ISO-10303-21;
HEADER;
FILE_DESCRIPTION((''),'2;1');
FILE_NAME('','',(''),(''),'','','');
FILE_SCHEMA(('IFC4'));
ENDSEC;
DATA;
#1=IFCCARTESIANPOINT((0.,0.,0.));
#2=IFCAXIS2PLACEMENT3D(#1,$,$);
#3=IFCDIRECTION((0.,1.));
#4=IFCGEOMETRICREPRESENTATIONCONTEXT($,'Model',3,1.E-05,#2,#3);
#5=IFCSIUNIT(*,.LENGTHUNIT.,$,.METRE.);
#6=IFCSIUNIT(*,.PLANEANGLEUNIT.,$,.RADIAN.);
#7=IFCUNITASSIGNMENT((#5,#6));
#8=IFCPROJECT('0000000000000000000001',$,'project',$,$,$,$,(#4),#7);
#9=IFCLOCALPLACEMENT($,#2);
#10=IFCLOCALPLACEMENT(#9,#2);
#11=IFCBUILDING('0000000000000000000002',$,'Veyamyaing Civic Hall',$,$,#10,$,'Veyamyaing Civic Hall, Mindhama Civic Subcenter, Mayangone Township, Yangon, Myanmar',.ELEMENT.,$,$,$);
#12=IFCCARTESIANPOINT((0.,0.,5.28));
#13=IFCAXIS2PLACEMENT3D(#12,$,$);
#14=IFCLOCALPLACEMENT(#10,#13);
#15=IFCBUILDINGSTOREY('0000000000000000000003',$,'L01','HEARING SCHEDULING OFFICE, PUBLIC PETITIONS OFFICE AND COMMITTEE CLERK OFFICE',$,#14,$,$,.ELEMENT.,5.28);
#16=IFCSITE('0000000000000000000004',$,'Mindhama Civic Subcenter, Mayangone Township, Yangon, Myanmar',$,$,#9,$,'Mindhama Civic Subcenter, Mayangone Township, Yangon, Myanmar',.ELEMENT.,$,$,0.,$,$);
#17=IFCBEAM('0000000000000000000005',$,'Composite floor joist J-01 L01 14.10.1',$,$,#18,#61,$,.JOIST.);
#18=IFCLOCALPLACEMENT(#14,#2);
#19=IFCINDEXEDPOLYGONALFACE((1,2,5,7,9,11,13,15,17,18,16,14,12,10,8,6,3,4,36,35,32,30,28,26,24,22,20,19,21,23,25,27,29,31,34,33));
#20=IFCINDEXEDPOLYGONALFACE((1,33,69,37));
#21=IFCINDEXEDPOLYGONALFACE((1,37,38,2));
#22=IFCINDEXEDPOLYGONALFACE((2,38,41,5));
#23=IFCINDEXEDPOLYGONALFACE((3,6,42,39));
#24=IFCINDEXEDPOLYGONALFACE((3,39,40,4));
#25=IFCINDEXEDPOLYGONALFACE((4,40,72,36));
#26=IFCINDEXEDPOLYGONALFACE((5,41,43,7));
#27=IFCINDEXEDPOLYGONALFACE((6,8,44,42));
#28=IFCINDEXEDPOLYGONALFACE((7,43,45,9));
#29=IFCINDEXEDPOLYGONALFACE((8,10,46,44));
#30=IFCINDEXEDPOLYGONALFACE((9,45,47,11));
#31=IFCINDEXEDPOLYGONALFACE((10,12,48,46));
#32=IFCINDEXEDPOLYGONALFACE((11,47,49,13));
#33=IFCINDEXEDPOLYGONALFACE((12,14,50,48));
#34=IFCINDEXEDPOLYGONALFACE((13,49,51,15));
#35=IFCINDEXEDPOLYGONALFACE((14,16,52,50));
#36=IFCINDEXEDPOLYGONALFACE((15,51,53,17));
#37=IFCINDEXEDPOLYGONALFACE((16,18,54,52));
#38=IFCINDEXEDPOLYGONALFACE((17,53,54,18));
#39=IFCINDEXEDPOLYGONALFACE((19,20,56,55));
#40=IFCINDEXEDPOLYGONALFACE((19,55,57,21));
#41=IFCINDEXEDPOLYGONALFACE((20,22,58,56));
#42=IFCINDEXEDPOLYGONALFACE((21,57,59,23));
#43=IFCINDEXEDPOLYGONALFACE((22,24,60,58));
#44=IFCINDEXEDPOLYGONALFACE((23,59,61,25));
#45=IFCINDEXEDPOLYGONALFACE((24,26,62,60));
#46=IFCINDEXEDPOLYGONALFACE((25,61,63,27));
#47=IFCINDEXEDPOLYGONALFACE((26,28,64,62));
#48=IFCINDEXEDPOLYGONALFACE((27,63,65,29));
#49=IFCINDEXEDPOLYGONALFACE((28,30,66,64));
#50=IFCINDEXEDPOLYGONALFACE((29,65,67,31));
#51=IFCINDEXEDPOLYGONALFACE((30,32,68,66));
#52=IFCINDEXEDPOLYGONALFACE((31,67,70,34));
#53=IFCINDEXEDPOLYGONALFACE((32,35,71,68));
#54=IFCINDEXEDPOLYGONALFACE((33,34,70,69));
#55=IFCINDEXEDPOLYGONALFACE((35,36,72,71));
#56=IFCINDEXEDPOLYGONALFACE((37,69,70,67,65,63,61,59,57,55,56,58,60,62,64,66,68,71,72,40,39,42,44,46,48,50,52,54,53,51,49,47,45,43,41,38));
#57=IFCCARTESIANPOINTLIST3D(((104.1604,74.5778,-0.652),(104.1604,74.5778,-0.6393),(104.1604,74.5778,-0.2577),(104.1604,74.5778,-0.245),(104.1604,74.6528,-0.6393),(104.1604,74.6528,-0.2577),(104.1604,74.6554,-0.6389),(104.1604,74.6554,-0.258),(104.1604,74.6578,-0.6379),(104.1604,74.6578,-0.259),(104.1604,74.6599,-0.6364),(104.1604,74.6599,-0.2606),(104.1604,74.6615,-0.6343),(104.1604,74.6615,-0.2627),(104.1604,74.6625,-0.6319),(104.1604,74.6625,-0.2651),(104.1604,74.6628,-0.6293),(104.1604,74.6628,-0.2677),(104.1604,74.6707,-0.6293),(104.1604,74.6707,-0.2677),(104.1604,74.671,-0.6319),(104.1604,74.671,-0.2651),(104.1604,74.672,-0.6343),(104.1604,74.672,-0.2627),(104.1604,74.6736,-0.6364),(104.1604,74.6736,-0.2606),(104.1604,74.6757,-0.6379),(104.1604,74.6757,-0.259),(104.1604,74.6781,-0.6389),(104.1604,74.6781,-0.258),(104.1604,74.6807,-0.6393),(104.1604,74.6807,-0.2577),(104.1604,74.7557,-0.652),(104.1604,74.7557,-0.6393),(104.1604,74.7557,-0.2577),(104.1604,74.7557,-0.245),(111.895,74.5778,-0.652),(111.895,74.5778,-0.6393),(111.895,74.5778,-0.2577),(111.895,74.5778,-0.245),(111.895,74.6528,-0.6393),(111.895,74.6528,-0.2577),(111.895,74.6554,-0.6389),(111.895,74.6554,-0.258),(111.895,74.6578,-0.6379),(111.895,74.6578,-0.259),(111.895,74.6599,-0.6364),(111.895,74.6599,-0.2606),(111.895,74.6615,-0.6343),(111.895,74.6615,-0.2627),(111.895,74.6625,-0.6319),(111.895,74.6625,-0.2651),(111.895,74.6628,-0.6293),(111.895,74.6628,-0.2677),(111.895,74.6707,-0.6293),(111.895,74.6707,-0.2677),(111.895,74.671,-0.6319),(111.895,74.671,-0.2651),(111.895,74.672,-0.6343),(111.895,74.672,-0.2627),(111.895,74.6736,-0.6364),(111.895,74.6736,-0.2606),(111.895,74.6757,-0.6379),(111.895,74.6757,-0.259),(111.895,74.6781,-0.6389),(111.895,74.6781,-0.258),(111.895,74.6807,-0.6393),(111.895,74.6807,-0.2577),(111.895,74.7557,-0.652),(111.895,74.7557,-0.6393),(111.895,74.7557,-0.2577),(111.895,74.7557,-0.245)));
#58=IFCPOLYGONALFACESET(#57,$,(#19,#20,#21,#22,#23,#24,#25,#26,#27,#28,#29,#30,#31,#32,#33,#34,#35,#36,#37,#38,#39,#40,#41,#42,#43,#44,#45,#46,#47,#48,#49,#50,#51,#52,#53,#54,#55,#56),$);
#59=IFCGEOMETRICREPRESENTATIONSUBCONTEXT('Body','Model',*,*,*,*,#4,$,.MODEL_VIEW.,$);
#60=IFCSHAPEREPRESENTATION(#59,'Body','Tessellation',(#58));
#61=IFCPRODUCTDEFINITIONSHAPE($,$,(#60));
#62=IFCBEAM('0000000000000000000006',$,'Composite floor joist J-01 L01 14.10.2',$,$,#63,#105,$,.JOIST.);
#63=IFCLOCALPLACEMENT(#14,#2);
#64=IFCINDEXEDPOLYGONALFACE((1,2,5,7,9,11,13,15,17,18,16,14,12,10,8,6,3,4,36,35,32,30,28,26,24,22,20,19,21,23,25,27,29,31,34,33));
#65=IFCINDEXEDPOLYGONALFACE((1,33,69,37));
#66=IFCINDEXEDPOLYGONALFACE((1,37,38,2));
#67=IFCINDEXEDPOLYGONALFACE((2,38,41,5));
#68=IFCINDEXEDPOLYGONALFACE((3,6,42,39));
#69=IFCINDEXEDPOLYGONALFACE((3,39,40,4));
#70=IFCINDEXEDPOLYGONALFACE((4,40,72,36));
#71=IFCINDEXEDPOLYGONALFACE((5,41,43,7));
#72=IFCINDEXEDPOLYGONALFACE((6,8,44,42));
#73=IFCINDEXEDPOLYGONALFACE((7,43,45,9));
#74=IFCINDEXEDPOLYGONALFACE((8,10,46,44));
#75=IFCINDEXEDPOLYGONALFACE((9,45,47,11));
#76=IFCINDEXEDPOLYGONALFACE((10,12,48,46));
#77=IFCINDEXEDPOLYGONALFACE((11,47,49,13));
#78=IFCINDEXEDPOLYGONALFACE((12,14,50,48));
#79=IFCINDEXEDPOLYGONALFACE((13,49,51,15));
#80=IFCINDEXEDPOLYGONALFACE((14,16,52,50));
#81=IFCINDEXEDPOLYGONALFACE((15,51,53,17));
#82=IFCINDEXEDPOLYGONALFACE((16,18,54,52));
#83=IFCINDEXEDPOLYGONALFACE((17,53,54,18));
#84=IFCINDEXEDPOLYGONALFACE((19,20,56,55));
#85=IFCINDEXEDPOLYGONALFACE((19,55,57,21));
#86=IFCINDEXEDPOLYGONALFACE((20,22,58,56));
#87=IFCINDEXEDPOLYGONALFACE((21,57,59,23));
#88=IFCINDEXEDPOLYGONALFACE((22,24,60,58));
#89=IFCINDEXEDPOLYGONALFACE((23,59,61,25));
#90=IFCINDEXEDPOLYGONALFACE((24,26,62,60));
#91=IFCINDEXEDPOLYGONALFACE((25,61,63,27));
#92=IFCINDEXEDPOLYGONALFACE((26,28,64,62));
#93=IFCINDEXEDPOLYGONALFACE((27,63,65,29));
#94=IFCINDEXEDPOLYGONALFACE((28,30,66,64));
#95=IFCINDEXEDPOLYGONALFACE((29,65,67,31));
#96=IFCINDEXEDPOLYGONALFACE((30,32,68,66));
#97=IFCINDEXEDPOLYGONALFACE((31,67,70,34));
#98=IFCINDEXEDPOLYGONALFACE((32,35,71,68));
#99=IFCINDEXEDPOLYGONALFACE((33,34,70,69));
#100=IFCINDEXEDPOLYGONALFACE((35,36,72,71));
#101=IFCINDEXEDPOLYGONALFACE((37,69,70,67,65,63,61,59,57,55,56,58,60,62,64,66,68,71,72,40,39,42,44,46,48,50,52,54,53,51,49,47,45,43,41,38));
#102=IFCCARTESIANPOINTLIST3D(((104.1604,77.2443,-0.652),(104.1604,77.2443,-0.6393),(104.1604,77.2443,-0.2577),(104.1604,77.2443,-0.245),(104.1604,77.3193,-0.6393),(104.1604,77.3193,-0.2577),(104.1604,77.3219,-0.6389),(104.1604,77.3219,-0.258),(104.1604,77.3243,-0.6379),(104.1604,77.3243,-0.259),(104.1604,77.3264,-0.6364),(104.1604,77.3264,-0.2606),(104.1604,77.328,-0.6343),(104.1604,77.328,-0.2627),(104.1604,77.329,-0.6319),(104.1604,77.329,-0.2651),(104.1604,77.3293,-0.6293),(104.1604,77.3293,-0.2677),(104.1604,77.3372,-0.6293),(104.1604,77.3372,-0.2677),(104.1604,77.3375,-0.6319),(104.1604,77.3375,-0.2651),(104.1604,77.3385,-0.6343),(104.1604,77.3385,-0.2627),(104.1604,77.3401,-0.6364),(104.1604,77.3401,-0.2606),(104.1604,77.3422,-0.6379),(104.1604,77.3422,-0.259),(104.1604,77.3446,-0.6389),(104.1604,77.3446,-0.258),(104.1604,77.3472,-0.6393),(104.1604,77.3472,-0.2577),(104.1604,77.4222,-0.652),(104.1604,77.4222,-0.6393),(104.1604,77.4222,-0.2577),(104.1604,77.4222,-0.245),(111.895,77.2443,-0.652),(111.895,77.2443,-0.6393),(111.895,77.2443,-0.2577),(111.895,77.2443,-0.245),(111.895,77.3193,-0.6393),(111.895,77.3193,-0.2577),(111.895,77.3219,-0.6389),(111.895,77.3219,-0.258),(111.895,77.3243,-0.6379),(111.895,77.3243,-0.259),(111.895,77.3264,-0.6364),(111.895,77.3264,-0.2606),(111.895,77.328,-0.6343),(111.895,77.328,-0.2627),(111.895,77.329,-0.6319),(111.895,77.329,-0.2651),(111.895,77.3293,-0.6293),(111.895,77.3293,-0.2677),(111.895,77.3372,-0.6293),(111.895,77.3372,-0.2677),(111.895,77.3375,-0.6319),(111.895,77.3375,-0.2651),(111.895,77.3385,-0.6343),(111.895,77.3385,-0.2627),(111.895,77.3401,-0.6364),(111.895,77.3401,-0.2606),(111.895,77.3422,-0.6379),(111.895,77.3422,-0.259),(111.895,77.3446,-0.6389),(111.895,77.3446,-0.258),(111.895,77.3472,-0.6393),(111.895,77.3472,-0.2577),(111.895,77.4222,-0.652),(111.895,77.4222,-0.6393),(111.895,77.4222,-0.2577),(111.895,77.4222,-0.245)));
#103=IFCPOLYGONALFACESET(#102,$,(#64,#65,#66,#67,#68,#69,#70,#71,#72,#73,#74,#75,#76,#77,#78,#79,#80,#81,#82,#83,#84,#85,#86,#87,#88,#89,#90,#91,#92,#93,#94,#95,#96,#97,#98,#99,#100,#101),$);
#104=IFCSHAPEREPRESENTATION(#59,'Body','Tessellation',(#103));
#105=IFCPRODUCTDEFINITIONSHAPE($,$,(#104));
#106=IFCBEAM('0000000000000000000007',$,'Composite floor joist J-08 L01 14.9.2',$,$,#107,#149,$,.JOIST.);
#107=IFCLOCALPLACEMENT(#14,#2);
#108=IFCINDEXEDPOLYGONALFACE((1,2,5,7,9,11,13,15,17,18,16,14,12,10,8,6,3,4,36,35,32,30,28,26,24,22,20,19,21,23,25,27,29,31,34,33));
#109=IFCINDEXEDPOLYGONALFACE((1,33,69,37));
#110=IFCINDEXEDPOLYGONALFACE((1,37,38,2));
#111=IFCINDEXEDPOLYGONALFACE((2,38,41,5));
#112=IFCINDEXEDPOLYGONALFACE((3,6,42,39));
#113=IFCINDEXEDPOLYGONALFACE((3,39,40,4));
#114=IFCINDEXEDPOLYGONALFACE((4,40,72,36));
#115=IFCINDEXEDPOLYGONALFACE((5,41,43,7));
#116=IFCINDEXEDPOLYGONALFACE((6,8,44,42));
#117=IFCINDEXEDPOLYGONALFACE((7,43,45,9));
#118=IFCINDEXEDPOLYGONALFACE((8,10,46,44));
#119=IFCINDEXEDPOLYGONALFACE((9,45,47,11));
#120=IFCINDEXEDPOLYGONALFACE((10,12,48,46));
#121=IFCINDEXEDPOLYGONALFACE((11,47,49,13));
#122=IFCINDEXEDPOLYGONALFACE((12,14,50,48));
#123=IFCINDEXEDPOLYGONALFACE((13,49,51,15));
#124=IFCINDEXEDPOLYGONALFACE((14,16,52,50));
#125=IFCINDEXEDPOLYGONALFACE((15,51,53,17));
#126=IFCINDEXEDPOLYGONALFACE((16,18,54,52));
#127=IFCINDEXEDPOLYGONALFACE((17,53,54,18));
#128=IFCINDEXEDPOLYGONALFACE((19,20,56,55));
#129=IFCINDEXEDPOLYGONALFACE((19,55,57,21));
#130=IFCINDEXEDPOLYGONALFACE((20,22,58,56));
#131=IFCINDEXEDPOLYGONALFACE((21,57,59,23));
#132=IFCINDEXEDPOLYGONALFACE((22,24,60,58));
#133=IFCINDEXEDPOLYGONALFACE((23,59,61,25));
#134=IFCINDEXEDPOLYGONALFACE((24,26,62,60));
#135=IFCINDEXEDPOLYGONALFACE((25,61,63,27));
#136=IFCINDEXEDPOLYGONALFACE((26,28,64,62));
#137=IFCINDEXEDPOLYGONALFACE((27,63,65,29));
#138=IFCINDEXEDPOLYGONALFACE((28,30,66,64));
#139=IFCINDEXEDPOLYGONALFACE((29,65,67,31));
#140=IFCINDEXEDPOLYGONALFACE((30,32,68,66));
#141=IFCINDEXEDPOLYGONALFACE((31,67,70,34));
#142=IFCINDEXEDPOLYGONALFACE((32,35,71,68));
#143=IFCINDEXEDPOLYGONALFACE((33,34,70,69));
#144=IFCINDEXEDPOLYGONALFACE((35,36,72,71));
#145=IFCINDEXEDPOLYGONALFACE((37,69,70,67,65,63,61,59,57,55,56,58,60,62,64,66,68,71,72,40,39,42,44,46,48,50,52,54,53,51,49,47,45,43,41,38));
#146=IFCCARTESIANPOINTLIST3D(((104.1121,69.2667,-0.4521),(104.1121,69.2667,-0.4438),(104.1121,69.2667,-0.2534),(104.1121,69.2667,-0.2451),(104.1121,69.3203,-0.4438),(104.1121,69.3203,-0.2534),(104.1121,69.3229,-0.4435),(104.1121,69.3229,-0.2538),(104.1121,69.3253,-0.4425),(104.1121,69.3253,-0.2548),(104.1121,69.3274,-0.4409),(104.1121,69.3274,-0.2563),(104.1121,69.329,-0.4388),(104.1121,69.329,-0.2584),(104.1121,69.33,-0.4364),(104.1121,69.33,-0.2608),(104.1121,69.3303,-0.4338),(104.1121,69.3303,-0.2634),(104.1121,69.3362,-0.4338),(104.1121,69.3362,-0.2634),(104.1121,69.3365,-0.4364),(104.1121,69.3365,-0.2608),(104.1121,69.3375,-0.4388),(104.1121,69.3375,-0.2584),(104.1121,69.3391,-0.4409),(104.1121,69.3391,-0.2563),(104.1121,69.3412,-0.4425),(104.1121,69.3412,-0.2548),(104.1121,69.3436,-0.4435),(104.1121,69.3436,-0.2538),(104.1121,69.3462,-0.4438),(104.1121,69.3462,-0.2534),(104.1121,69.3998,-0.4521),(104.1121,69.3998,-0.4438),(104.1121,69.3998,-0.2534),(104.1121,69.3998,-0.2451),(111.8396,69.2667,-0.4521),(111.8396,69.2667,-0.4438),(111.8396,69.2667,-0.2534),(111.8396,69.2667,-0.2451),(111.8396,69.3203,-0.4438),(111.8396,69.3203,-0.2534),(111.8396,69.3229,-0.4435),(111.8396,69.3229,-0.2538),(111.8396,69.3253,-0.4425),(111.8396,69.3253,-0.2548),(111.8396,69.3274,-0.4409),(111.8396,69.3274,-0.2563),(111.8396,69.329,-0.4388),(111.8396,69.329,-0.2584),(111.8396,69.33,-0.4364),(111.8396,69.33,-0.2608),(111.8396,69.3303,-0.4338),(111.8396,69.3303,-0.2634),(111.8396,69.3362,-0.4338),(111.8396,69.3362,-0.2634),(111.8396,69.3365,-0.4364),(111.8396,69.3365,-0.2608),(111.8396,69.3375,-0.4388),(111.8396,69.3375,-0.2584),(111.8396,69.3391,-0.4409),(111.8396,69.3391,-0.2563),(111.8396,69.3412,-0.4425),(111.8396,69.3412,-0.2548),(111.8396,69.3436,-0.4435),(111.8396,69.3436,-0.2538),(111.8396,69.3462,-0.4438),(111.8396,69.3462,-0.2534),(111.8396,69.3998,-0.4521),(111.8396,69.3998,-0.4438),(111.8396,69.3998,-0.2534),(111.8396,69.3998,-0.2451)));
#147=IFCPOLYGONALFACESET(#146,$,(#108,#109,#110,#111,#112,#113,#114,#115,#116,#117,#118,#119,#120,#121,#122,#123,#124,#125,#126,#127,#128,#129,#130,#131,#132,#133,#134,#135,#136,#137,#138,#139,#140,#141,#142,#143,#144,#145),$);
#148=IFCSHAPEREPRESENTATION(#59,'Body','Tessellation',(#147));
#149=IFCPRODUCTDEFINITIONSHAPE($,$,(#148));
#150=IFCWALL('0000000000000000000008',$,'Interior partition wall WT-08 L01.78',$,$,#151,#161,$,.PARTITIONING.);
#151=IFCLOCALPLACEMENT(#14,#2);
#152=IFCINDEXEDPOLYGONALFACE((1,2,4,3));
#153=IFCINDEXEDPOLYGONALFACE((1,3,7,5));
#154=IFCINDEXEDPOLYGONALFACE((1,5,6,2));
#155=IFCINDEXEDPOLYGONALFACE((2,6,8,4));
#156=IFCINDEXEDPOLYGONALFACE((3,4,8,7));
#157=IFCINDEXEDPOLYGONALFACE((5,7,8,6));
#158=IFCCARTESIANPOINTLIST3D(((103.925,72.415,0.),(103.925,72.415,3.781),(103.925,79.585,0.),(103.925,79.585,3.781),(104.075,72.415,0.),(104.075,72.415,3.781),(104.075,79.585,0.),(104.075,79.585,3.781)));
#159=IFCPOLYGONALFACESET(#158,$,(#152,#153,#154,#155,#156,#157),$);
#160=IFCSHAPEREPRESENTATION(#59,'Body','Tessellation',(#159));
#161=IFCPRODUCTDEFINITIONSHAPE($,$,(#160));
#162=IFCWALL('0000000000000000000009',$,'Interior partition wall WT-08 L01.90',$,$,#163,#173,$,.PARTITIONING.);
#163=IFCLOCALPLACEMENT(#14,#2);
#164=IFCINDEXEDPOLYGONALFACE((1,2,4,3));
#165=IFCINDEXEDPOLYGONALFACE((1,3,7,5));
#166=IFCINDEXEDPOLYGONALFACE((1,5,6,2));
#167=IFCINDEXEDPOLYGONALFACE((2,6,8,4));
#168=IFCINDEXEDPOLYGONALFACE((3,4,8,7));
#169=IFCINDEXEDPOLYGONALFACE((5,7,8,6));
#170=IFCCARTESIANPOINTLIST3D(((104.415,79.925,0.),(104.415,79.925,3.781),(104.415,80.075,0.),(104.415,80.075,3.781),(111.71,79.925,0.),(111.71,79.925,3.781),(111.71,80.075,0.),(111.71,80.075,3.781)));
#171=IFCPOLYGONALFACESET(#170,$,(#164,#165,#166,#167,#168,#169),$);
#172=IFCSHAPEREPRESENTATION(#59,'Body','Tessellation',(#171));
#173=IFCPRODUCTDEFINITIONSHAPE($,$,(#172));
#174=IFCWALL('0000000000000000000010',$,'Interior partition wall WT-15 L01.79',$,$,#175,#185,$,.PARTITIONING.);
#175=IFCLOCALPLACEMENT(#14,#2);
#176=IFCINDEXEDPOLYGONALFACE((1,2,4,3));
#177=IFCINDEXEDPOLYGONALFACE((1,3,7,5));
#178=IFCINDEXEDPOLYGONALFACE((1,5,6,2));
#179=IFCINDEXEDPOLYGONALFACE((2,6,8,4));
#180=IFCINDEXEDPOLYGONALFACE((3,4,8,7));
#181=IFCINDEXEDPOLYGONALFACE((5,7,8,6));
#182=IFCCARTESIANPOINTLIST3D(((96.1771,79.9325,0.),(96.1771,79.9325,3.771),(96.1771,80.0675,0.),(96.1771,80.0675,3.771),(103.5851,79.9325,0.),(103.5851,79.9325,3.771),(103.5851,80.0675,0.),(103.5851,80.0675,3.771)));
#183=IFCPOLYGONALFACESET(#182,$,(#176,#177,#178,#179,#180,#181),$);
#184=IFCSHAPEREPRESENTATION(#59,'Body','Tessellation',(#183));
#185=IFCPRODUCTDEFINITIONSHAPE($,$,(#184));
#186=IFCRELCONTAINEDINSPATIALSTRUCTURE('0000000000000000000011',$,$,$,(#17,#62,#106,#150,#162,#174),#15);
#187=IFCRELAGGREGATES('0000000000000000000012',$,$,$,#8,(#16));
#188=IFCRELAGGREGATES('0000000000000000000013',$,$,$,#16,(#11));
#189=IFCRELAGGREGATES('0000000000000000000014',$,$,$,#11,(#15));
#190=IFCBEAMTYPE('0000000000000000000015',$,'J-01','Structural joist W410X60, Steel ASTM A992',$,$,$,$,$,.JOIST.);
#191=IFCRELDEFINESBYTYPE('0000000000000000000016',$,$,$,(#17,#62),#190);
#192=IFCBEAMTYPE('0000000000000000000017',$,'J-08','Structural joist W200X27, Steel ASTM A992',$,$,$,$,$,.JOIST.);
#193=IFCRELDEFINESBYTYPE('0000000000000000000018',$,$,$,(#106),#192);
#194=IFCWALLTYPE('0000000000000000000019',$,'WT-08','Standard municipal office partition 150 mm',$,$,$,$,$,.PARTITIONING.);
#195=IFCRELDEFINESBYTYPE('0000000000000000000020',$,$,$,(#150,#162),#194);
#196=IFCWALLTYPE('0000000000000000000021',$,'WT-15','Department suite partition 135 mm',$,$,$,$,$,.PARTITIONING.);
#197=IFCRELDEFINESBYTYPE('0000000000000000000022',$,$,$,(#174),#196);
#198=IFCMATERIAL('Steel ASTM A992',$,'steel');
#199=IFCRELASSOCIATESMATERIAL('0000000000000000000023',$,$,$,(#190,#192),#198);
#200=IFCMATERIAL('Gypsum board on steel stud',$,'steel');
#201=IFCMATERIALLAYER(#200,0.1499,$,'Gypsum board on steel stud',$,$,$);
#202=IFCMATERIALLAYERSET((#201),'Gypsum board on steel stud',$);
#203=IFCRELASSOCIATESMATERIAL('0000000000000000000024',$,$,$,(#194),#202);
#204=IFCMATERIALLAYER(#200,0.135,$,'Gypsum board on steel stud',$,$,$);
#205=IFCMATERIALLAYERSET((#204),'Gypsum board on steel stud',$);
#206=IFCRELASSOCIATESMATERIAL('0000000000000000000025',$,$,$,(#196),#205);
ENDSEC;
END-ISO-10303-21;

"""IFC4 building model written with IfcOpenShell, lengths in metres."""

from ifc_helpers import new_model, si_unit, direction, frame, frame_2d, origin, origin_2d, place, context, subcontext, project, spatial, rectangle, i_section, extrude, material, layer, layer_set, material_profile, profile_set, type_object, element, save


model = new_model("IFC4")

# Units and contexts
model_context = context("Model", 3, precision=1e-05, world=origin(), true_north=direction((0.0, 1.0)))
body_context = subcontext(model_context, "Body", "Model", "MODEL_VIEW")
ifc_project = project(units=[si_unit("LENGTHUNIT", "METRE"), si_unit("PLANEANGLEUNIT", "RADIAN")], contexts=[model_context])

# Site, building, storey
site_placement = place(None, origin())
site = spatial("IfcSite", under=ifc_project, at=site_placement, Name="Mindhama Civic Subcenter, Mayangone Township, Yangon, Myanmar", LongName="Mindhama Civic Subcenter, Mayangone Township, Yangon, Myanmar", CompositionType="ELEMENT", RefElevation=0.0)
building_placement = place(site_placement, origin())
building = spatial("IfcBuilding", under=site, at=building_placement, Name="Veyamyaing Civic Hall", LongName="Veyamyaing Civic Hall, Mindhama Civic Subcenter, Mayangone Township, Yangon, Myanmar", CompositionType="ELEMENT")
storey_placement = place(building_placement, frame((0.0, 0.0, 5.28)))
storey = spatial("IfcBuildingStorey", under=building, at=storey_placement, Name="L01", Description="HEARING SCHEDULING OFFICE, PUBLIC PETITIONS OFFICE AND COMMITTEE CLERK OFFICE", CompositionType="ELEMENT", Elevation=5.28)

# Beams
ifc_material_1 = material(Name="Steel ASTM A992", Category="steel")
ifc_material_profile_1 = material_profile(ifc_material_1, i_section(OverallWidth=0.178, OverallDepth=0.407, WebThickness=0.0078, FlangeThickness=0.0127, FilletRadius=0.01, at=origin_2d()), Name="W410X60")
ifc_profile_set_1 = profile_set([ifc_material_profile_1], Name="Steel ASTM A992")
beam_type_1 = type_object("IfcBeamType", Name="J-01", Description="Structural joist W410X60, Steel ASTM A992", PredefinedType="JOIST", material=ifc_profile_set_1)
for number, where, z_axis, x_axis, name in (
    (1, (104.1604, 74.6667, -0.4485), (1.0, 0.0, 0.0), (0.0, 1.0, 0.0), "Composite floor joist J-01 L01 14.10.1"),
    (2, (104.1604, 77.3333, -0.4485), (1.0, 0.0, 0.0), (0.0, 1.0, 0.0), "Composite floor joist J-01 L01 14.10.2"),
):
    element("IfcBeam", number, at=place(storey_placement, frame(where, z_axis=z_axis, x_axis=x_axis)), inside=storey, type_object=beam_type_1, Name=name, PredefinedType="JOIST", context=body_context, shape_type="SweptSolid", body=[
        extrude(i_section(OverallWidth=0.178, OverallDepth=0.407, WebThickness=0.0078, FlangeThickness=0.0127, FilletRadius=0.01, at=origin_2d()), origin(), (0.0, 0.0, 1.0), 7.7346),
    ])
ifc_material_profile_2 = material_profile(ifc_material_1, i_section(OverallWidth=0.1331, OverallDepth=0.207, WebThickness=0.0059, FlangeThickness=0.0083, FilletRadius=0.01, at=origin_2d()), Name="W200X27")
ifc_profile_set_2 = profile_set([ifc_material_profile_2], Name="Steel ASTM A992")
beam_type_2 = type_object("IfcBeamType", Name="J-08", Description="Structural joist W200X27, Steel ASTM A992", PredefinedType="JOIST", material=ifc_profile_set_2)
beam_1_placement = place(storey_placement, frame((104.1121, 69.3333, -0.3486), z_axis=(1.0, 0.0, 0.0), x_axis=(0.0, 1.0, 0.0)))
element("IfcBeam", 3, at=beam_1_placement, inside=storey, type_object=beam_type_2, Name="Composite floor joist J-08 L01 14.9.2", PredefinedType="JOIST", context=body_context, shape_type="SweptSolid", body=[
    extrude(i_section(OverallWidth=0.1331, OverallDepth=0.207, WebThickness=0.0059, FlangeThickness=0.0083, FilletRadius=0.01, at=origin_2d()), origin(), (0.0, 0.0, 1.0), 7.7275),
])

# Walls
ifc_material_2 = material(Name="Gypsum board on steel stud", Category="steel")
ifc_layer_1 = layer(ifc_material_2, 0.1499, Name="Gypsum board on steel stud")
ifc_layer_set_1 = layer_set([ifc_layer_1], Name="Gypsum board on steel stud")
wall_type_1 = type_object("IfcWallType", Name="WT-08", Description="Standard municipal office partition 150 mm", PredefinedType="PARTITIONING", material=ifc_layer_set_1)
wall_1_placement = place(storey_placement, frame((104.0, 72.415, 0.0), z_axis=(0.0, 0.0, 1.0), x_axis=(0.0, 1.0, 0.0)))
element("IfcWall", 4, at=wall_1_placement, inside=storey, type_object=wall_type_1, Name="Interior partition wall WT-08 L01.78", PredefinedType="PARTITIONING", context=body_context, shape_type="SweptSolid", body=[
    extrude(rectangle(XDim=7.1699, YDim=0.1499, at=frame_2d((3.585, 0.0))), origin(), (0.0, 0.0, 1.0), 3.781),
])
wall_2_placement = place(storey_placement, frame((104.415, 80.0, 0.0), z_axis=(0.0, 0.0, 1.0), x_axis=(1.0, 0.0, 0.0)))
element("IfcWall", 5, at=wall_2_placement, inside=storey, type_object=wall_type_1, Name="Interior partition wall WT-08 L01.90", PredefinedType="PARTITIONING", context=body_context, shape_type="SweptSolid", body=[
    extrude(rectangle(XDim=7.2949, YDim=0.1499, at=frame_2d((3.6475, 0.0))), origin(), (0.0, 0.0, 1.0), 3.781),
])
ifc_layer_2 = layer(ifc_material_2, 0.135, Name="Gypsum board on steel stud")
ifc_layer_set_2 = layer_set([ifc_layer_2], Name="Gypsum board on steel stud")
wall_type_2 = type_object("IfcWallType", Name="WT-15", Description="Department suite partition 135 mm", PredefinedType="PARTITIONING", material=ifc_layer_set_2)
wall_3_placement = place(storey_placement, frame((96.177, 80.0, 0.0), z_axis=(0.0, 0.0, 1.0), x_axis=(1.0, 0.0, 0.0)))
element("IfcWall", 6, at=wall_3_placement, inside=storey, type_object=wall_type_2, Name="Interior partition wall WT-15 L01.79", PredefinedType="PARTITIONING", context=body_context, shape_type="SweptSolid", body=[
    extrude(rectangle(XDim=7.408, YDim=0.135, at=frame_2d((3.7041, 0.0))), origin(), (0.0, 0.0, 1.0), 3.771),
])

save(model, "model.ifc")
